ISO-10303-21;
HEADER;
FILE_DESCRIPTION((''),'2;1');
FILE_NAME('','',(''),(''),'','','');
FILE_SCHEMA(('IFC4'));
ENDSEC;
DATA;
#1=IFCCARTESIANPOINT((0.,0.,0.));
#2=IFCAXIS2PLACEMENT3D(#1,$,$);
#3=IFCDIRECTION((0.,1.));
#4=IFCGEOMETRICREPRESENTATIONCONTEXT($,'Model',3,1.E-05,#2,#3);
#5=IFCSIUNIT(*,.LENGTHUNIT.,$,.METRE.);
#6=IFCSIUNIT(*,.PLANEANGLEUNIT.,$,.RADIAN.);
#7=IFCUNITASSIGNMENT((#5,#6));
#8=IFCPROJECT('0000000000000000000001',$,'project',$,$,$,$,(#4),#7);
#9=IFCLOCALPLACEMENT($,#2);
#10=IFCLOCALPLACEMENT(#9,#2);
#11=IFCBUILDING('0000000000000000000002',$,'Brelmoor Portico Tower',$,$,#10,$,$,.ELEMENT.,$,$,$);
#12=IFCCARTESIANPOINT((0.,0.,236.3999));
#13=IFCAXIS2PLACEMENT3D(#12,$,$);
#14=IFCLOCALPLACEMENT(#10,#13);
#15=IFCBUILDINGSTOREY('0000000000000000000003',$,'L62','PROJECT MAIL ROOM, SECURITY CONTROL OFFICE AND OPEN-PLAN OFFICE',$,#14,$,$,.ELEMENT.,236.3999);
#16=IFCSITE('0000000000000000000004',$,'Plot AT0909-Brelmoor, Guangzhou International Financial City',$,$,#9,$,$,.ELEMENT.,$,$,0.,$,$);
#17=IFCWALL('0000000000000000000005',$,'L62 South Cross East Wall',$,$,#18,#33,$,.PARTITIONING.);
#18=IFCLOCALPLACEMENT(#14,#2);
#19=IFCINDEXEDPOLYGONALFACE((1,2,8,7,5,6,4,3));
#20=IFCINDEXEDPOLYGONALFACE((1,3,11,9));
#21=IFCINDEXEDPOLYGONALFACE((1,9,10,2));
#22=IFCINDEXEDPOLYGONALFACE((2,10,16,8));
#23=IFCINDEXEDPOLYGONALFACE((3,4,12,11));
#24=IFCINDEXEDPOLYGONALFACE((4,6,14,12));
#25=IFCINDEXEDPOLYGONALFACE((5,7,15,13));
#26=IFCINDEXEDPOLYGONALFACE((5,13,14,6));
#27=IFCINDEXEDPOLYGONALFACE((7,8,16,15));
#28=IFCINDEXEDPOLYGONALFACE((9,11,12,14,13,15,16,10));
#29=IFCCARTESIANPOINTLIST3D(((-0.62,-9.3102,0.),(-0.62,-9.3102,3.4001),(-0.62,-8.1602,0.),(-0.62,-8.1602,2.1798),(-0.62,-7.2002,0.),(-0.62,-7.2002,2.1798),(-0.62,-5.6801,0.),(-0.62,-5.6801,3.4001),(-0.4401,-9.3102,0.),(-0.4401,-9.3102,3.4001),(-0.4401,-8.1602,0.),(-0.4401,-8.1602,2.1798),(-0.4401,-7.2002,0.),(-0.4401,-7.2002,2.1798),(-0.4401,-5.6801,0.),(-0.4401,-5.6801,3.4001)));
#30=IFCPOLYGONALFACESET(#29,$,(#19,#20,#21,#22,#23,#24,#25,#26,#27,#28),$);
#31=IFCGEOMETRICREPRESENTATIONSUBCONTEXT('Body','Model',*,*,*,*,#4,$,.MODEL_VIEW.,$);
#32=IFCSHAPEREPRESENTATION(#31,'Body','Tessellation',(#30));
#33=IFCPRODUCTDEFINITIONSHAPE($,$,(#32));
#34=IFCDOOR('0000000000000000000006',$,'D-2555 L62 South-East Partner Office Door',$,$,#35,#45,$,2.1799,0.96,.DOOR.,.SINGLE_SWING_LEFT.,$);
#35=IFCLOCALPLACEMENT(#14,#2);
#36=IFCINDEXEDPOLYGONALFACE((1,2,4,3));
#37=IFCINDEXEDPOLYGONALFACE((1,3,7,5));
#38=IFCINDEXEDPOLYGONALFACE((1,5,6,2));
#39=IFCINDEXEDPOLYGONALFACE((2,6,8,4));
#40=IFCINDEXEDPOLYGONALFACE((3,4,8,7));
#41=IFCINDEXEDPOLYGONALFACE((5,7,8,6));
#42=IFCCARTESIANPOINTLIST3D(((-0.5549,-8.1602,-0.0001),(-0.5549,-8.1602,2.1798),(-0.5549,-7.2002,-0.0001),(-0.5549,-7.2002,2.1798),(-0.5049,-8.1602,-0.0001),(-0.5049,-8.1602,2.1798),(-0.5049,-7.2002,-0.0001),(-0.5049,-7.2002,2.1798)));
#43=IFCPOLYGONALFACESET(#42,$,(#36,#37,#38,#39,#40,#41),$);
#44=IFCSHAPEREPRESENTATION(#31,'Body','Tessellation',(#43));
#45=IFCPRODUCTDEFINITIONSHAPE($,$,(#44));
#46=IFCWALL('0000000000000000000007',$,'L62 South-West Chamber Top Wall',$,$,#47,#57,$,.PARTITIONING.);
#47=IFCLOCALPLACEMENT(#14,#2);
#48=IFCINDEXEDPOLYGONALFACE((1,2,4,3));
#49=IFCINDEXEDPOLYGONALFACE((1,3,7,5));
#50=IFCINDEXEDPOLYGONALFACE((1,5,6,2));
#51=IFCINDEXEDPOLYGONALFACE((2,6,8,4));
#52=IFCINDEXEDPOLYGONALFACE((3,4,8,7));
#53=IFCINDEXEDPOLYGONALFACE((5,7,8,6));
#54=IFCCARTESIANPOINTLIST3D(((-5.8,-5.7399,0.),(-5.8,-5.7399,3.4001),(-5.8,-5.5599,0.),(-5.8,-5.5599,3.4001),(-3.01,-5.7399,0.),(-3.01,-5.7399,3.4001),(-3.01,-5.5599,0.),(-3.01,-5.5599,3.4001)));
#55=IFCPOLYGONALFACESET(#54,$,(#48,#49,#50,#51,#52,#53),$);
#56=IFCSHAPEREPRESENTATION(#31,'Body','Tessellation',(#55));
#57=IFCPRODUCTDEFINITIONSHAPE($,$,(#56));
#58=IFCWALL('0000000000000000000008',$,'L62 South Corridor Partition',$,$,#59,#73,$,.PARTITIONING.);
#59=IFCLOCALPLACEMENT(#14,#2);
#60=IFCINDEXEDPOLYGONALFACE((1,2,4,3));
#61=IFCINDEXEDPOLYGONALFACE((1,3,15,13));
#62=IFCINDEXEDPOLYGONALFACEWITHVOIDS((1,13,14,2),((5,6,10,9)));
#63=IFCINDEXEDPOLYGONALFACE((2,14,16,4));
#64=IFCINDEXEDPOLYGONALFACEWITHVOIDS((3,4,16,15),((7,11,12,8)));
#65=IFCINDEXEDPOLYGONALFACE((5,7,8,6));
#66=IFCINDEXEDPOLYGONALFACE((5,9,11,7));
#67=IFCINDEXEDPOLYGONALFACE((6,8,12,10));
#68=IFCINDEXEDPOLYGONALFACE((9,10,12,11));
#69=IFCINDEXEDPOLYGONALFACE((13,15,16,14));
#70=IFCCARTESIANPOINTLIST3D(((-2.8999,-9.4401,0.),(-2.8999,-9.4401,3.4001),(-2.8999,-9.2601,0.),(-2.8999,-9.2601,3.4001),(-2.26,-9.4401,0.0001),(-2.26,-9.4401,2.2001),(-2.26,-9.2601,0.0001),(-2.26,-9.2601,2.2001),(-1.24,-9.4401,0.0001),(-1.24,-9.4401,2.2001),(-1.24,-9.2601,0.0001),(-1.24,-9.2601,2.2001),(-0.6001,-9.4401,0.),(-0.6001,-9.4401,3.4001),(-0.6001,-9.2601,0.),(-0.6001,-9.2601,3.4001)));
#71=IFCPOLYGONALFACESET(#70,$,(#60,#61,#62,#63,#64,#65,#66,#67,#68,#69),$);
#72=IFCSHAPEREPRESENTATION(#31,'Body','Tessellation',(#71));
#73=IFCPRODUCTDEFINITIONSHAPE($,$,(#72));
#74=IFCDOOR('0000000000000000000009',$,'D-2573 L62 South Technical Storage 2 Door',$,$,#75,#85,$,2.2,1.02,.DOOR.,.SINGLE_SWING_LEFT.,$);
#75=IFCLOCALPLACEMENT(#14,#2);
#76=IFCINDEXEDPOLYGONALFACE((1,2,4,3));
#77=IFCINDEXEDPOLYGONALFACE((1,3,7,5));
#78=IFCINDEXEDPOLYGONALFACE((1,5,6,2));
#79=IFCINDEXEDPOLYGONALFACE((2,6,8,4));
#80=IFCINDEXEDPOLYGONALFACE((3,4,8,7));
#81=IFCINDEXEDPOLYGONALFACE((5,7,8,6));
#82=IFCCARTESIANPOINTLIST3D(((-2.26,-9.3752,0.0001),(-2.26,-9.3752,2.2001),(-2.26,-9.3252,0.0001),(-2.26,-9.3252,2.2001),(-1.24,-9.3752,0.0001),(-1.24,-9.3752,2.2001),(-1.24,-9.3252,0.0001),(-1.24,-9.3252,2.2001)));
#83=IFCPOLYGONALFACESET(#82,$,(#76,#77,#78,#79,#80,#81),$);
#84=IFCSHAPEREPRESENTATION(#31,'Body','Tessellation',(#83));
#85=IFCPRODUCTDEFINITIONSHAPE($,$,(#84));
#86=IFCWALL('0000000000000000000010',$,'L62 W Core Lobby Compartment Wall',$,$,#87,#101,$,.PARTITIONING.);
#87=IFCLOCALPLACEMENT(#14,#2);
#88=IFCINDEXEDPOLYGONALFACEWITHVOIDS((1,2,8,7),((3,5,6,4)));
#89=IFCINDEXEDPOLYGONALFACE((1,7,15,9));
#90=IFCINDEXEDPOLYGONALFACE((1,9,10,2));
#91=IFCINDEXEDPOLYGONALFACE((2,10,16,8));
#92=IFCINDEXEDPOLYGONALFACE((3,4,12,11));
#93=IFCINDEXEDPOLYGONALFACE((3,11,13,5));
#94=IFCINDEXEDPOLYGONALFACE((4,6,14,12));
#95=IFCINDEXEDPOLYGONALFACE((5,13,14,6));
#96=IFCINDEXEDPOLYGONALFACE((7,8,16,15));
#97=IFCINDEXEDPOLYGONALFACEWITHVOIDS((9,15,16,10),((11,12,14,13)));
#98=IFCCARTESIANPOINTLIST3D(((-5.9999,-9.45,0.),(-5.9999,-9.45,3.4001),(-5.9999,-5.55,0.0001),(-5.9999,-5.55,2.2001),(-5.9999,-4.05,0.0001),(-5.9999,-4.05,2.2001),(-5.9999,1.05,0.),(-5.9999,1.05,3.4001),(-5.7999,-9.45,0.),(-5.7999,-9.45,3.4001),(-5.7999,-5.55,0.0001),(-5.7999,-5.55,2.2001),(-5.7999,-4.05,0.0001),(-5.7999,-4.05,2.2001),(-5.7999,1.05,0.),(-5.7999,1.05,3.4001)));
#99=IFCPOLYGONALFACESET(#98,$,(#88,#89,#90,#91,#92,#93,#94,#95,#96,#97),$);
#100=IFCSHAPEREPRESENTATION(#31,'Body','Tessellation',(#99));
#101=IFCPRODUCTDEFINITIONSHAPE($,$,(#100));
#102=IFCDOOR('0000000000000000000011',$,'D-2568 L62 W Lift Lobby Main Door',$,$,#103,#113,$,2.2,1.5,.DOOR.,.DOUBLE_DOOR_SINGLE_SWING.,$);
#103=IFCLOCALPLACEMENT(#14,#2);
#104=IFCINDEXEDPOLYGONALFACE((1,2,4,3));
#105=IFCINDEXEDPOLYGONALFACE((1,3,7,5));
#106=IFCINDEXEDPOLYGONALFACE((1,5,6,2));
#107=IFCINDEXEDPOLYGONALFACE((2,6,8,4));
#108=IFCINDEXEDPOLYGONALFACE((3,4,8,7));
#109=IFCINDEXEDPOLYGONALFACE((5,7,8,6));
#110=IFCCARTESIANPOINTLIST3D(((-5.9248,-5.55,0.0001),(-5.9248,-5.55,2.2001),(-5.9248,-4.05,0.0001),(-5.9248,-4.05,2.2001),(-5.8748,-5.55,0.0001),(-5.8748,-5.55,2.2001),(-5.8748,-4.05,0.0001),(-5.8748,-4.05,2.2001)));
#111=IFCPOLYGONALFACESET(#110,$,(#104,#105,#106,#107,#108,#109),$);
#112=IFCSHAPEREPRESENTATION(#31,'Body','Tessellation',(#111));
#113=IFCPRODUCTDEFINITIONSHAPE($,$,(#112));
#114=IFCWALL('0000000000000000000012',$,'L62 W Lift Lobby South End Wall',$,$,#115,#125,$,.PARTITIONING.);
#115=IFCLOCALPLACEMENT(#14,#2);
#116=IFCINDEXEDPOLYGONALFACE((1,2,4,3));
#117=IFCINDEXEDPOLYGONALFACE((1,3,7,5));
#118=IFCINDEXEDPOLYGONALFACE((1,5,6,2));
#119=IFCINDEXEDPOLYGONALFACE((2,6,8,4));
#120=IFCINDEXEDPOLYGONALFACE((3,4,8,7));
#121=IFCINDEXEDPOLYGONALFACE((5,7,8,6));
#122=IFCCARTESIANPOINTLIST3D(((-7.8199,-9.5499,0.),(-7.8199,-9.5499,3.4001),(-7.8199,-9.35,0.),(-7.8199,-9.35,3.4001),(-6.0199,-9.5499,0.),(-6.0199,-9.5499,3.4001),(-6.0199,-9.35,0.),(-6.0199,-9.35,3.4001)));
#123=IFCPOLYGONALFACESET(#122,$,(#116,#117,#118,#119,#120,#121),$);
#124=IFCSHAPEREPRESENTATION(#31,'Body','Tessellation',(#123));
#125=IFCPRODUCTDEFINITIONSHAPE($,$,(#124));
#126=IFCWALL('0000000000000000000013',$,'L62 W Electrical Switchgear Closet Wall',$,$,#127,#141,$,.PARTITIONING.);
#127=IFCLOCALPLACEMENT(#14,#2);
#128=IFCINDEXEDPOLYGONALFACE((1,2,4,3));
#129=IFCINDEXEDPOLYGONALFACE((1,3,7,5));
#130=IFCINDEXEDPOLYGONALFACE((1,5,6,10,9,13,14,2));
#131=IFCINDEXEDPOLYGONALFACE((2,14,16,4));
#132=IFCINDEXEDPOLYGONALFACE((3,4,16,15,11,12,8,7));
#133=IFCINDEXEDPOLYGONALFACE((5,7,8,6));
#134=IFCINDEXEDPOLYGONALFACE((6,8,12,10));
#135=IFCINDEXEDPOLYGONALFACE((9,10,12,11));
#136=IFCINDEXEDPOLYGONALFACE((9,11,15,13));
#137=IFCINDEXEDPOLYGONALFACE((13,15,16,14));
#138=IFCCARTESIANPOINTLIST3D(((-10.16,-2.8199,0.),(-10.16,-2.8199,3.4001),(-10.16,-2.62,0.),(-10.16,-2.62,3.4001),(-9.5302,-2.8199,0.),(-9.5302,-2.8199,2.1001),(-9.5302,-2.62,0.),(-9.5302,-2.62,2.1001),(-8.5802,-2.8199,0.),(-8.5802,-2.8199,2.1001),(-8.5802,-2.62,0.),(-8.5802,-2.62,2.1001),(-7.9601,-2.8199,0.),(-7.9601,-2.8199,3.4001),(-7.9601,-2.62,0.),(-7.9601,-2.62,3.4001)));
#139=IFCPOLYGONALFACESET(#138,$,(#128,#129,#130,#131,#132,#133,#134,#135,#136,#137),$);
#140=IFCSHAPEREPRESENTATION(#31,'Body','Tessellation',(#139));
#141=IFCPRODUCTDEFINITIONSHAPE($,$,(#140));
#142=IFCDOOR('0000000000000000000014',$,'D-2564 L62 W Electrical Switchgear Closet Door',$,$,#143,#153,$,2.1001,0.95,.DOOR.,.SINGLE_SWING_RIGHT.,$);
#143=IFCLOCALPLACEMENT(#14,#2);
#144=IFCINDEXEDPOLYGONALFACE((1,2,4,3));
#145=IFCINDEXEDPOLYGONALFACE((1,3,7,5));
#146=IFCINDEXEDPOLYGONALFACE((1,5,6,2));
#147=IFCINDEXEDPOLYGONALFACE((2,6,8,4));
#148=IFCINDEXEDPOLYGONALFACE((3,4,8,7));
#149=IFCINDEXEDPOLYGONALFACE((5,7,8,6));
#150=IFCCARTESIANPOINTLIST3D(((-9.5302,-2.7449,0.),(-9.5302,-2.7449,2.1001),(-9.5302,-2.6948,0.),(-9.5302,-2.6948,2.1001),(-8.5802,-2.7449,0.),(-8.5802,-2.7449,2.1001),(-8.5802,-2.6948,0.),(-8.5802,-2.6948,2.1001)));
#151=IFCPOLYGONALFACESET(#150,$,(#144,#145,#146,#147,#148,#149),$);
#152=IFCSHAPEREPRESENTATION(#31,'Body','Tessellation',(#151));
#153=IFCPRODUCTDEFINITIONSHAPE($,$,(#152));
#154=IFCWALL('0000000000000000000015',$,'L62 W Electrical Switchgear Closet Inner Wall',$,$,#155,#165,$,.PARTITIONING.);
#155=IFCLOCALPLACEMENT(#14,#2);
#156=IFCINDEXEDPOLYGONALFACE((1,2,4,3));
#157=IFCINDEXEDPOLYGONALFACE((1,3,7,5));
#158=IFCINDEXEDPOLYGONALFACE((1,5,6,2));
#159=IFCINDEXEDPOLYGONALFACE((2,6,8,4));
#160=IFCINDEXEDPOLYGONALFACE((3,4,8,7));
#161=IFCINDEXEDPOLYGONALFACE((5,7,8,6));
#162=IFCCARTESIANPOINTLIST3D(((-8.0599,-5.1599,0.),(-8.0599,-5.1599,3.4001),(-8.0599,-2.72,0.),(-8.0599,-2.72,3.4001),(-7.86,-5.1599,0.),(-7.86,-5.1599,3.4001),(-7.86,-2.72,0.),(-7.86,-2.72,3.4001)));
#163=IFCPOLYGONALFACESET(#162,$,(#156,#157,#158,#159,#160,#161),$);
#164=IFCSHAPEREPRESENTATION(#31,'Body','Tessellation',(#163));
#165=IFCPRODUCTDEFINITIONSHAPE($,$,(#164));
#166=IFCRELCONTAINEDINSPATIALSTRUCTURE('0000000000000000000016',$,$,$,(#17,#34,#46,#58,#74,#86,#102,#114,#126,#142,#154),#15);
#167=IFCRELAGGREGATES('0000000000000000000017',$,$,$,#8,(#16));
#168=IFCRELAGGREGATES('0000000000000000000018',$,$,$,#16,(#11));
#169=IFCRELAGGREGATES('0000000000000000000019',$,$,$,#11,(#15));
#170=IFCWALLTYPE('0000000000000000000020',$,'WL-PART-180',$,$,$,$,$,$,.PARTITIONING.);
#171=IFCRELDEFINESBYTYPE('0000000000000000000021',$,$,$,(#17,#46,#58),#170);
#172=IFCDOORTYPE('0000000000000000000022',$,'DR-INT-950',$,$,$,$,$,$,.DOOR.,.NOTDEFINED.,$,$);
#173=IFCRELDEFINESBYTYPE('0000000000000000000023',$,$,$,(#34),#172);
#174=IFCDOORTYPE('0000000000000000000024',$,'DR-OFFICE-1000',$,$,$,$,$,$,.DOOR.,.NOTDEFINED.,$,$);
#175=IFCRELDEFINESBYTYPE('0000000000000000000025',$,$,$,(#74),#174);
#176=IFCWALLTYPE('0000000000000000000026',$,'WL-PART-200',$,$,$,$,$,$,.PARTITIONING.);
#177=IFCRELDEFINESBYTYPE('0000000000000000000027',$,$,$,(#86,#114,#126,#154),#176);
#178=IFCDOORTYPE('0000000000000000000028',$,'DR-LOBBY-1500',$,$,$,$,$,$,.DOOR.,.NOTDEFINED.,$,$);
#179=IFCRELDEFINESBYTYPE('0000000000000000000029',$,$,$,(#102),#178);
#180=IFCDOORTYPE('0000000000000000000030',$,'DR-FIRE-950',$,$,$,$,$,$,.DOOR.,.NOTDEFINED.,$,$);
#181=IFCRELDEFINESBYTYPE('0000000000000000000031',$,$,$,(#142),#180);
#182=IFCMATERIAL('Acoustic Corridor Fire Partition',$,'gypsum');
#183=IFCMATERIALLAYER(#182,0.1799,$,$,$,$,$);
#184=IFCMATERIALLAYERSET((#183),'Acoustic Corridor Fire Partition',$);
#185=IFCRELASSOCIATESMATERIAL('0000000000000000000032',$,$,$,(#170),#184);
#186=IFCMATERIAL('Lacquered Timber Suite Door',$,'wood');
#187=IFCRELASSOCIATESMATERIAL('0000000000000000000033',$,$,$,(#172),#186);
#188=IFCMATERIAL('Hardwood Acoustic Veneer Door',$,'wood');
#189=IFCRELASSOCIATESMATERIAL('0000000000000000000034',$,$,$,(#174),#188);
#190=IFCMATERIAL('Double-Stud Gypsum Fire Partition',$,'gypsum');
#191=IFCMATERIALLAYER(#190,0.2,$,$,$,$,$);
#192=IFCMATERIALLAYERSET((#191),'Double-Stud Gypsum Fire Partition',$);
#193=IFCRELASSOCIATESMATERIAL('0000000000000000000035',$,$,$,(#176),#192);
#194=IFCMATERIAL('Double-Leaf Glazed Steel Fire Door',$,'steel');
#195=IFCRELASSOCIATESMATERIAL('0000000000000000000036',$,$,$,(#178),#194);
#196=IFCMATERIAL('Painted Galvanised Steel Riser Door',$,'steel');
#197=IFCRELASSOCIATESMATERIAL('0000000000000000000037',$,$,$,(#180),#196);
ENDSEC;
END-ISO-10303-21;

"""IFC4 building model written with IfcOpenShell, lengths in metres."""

from ifc_helpers import new_model, si_unit, direction, frame, frame_2d, origin, place, context, subcontext, project, spatial, rectangle, extrude, material, layer, layer_set, type_object, element, fill, save


model = new_model("IFC4")

# Units and contexts
model_context = context("Model", 3, precision=1e-05, world=origin(), true_north=direction((0.0, 1.0)))
body_context = subcontext(model_context, "Body", "Model", "MODEL_VIEW")
ifc_project = project(units=[si_unit("LENGTHUNIT", "METRE"), si_unit("PLANEANGLEUNIT", "RADIAN")], contexts=[model_context])

# Site, building, storey
site_placement = place(None, origin())
site = spatial("IfcSite", under=ifc_project, at=site_placement, Name="Plot AT0909-Brelmoor, Guangzhou International Financial City", CompositionType="ELEMENT", RefElevation=0.0)
building_placement = place(site_placement, origin())
building = spatial("IfcBuilding", under=site, at=building_placement, Name="Brelmoor Portico Tower", CompositionType="ELEMENT")
storey_placement = place(building_placement, frame((0.0, 0.0, 236.3999)))
storey = spatial("IfcBuildingStorey", under=building, at=storey_placement, Name="L62", Description="PROJECT MAIL ROOM, SECURITY CONTROL OFFICE AND OPEN-PLAN OFFICE", CompositionType="ELEMENT", Elevation=236.3999)

# Shared definitions
ifc_material_1 = material(Name="Acoustic Corridor Fire Partition", Category="gypsum")
ifc_layer_1 = layer(ifc_material_1, 0.1799)
ifc_layer_set_1 = layer_set([ifc_layer_1], Name="Acoustic Corridor Fire Partition")
wall_type_1 = type_object("IfcWallType", Name="WL-PART-180", PredefinedType="PARTITIONING", material=ifc_layer_set_1)
ifc_material_2 = material(Name="Lacquered Timber Suite Door", Category="wood")
door_type_1 = type_object("IfcDoorType", Name="DR-INT-950", OperationType="NOTDEFINED", PredefinedType="DOOR", material=ifc_material_2)

# Wall, opening, door
wall_1_placement = place(storey_placement, frame((-0.53, -9.3101, 0.0), z_axis=(0.0, 0.0, 1.0), x_axis=(0.0, 1.0, 0.0)))
wall_1 = element("IfcWall", 1, at=wall_1_placement, inside=storey, type_object=wall_type_1, Name="L62 South Cross East Wall", PredefinedType="PARTITIONING", context=body_context, shape_type="SweptSolid", body=[
    extrude(rectangle(XDim=3.6301, YDim=0.1799, at=frame_2d((1.8149, 0.0))), origin(), (0.0, 0.0, 1.0), 3.4001),
])
opening_1_placement = place(wall_1_placement, frame((1.1499, 0.0, 0.0)))
opening_1 = element("IfcOpeningElement", 2, at=opening_1_placement, cuts=wall_1, PredefinedType="OPENING", context=body_context, shape_type="SweptSolid", body=[
    extrude(rectangle(XDim=0.96, YDim=2.1799, at=frame_2d((0.48, 1.0898))), frame((0.0, 0.0999, 0.0), z_axis=(0.0, -1.0, 0.0), x_axis=(1.0, 0.0, 0.0)), (0.0, 0.0, 1.0), 0.2),
])
door_1_placement = place(opening_1_placement, origin())
door_1 = element("IfcDoor", 3, at=door_1_placement, inside=storey, type_object=door_type_1, Name="D-2555 L62 South-East Partner Office Door", OperationType="SINGLE_SWING_LEFT", OverallHeight=2.1799, OverallWidth=0.96, PredefinedType="DOOR", context=body_context, shape_type="SweptSolid", body=[
    extrude(rectangle(XDim=0.96, YDim=2.1799, at=frame_2d((0.48, 1.0898))), frame((0.0, 0.0249, 0.0), z_axis=(0.0, -1.0, 0.0), x_axis=(1.0, 0.0, 0.0)), (0.0, 0.0, 1.0), 0.05),
])
fill(opening_1, door_1)

# Wall
wall_2_placement = place(storey_placement, frame((-5.8, -5.6499, 0.0), z_axis=(0.0, 0.0, 1.0), x_axis=(1.0, 0.0, 0.0)))
element("IfcWall", 4, at=wall_2_placement, inside=storey, type_object=wall_type_1, Name="L62 South-West Chamber Top Wall", PredefinedType="PARTITIONING", context=body_context, shape_type="SweptSolid", body=[
    extrude(rectangle(XDim=2.79, YDim=0.1799, at=frame_2d((1.395, 0.0))), origin(), (0.0, 0.0, 1.0), 3.4001),
])

# Walls, openings, doors
wall_3_placement = place(storey_placement, frame((-2.8999, -9.3501, 0.0), z_axis=(0.0, 0.0, 1.0), x_axis=(1.0, 0.0, 0.0)))
wall_3 = element("IfcWall", 5, at=wall_3_placement, inside=storey, type_object=wall_type_1, Name="L62 South Corridor Partition", PredefinedType="PARTITIONING", context=body_context, shape_type="SweptSolid", body=[
    extrude(rectangle(XDim=2.2998, YDim=0.1799, at=frame_2d((1.1499, 0.0))), origin(), (0.0, 0.0, 1.0), 3.4001),
])
opening_2_placement = place(wall_3_placement, frame((0.6399, 0.0, 0.0)))
opening_2 = element("IfcOpeningElement", 6, at=opening_2_placement, cuts=wall_3, PredefinedType="OPENING", context=body_context, shape_type="SweptSolid", body=[
    extrude(rectangle(XDim=1.02, YDim=2.2, at=frame_2d((0.51, 1.1001))), frame((0.0, 0.0999, 0.0), z_axis=(0.0, -1.0, 0.0), x_axis=(1.0, 0.0, 0.0)), (0.0, 0.0, 1.0), 0.2),
])
ifc_material_3 = material(Name="Hardwood Acoustic Veneer Door", Category="wood")
door_type_2 = type_object("IfcDoorType", Name="DR-OFFICE-1000", OperationType="NOTDEFINED", PredefinedType="DOOR", material=ifc_material_3)
door_2_placement = place(opening_2_placement, origin())
door_2 = element("IfcDoor", 7, at=door_2_placement, inside=storey, type_object=door_type_2, Name="D-2573 L62 South Technical Storage 2 Door", OperationType="SINGLE_SWING_LEFT", OverallHeight=2.2, OverallWidth=1.02, PredefinedType="DOOR", context=body_context, shape_type="SweptSolid", body=[
    extrude(rectangle(XDim=1.02, YDim=2.2, at=frame_2d((0.51, 1.1001))), frame((0.0, 0.0249, 0.0), z_axis=(0.0, -1.0, 0.0), x_axis=(1.0, 0.0, 0.0)), (0.0, 0.0, 1.0), 0.05),
])
fill(opening_2, door_2)
ifc_material_4 = material(Name="Double-Stud Gypsum Fire Partition", Category="gypsum")
ifc_layer_2 = layer(ifc_material_4, 0.2)
ifc_layer_set_2 = layer_set([ifc_layer_2], Name="Double-Stud Gypsum Fire Partition")
wall_type_2 = type_object("IfcWallType", Name="WL-PART-200", PredefinedType="PARTITIONING", material=ifc_layer_set_2)
wall_4_placement = place(storey_placement, frame((-5.8999, -9.45, 0.0), z_axis=(0.0, 0.0, 1.0), x_axis=(0.0, 1.0, 0.0)))
wall_4 = element("IfcWall", 8, at=wall_4_placement, inside=storey, type_object=wall_type_2, Name="L62 W Core Lobby Compartment Wall", PredefinedType="PARTITIONING", context=body_context, shape_type="SweptSolid", body=[
    extrude(rectangle(XDim=10.5, YDim=0.2, at=frame_2d((5.25, 0.0))), origin(), (0.0, 0.0, 1.0), 3.4001),
])
opening_3_placement = place(wall_4_placement, frame((3.8999, 0.0, 0.0)))
opening_3 = element("IfcOpeningElement", 9, at=opening_3_placement, cuts=wall_4, PredefinedType="OPENING", context=body_context, shape_type="SweptSolid", body=[
    extrude(rectangle(XDim=1.5, YDim=2.2, at=frame_2d((0.75, 1.1001))), frame((0.0, 0.1099, 0.0), z_axis=(0.0, -1.0, 0.0), x_axis=(1.0, 0.0, 0.0)), (0.0, 0.0, 1.0), 0.22),
])
ifc_material_5 = material(Name="Double-Leaf Glazed Steel Fire Door", Category="steel")
door_type_3 = type_object("IfcDoorType", Name="DR-LOBBY-1500", OperationType="NOTDEFINED", PredefinedType="DOOR", material=ifc_material_5)
door_3_placement = place(opening_3_placement, origin())
door_3 = element("IfcDoor", 10, at=door_3_placement, inside=storey, type_object=door_type_3, Name="D-2568 L62 W Lift Lobby Main Door", OperationType="DOUBLE_DOOR_SINGLE_SWING", OverallHeight=2.2, OverallWidth=1.5, PredefinedType="DOOR", context=body_context, shape_type="SweptSolid", body=[
    extrude(rectangle(XDim=1.5, YDim=2.2, at=frame_2d((0.75, 1.1001))), frame((0.0, 0.0249, 0.0), z_axis=(0.0, -1.0, 0.0), x_axis=(1.0, 0.0, 0.0)), (0.0, 0.0, 1.0), 0.05),
])
fill(opening_3, door_3)

# Wall
wall_5_placement = place(storey_placement, frame((-6.02, -9.45, 0.0), z_axis=(0.0, 0.0, 1.0), x_axis=(-1.0, 0.0, 0.0)))
element("IfcWall", 11, at=wall_5_placement, inside=storey, type_object=wall_type_2, Name="L62 W Lift Lobby South End Wall", PredefinedType="PARTITIONING", context=body_context, shape_type="SweptSolid", body=[
    extrude(rectangle(XDim=1.8, YDim=0.2, at=frame_2d((0.8999, 0.0))), origin(), (0.0, 0.0, 1.0), 3.4001),
])

# Wall, opening, door
wall_6_placement = place(storey_placement, frame((-7.96, -2.72, 0.0), z_axis=(0.0, 0.0, 1.0), x_axis=(-1.0, 0.0, 0.0)))
wall_6 = element("IfcWall", 12, at=wall_6_placement, inside=storey, type_object=wall_type_2, Name="L62 W Electrical Switchgear Closet Wall", PredefinedType="PARTITIONING", context=body_context, shape_type="SweptSolid", body=[
    extrude(rectangle(XDim=2.2, YDim=0.2, at=frame_2d((1.1001, 0.0))), origin(), (0.0, 0.0, 1.0), 3.4001),
])
opening_4_placement = place(wall_6_placement, frame((0.6201, 0.0, 0.0)))
opening_4 = element("IfcOpeningElement", 13, at=opening_4_placement, cuts=wall_6, PredefinedType="OPENING", context=body_context, shape_type="SweptSolid", body=[
    extrude(rectangle(XDim=0.95, YDim=2.1001, at=frame_2d((0.4751, 1.05))), frame((0.0, 0.1099, 0.0), z_axis=(0.0, -1.0, 0.0), x_axis=(1.0, 0.0, 0.0)), (0.0, 0.0, 1.0), 0.22),
])
ifc_material_6 = material(Name="Painted Galvanised Steel Riser Door", Category="steel")
door_type_4 = type_object("IfcDoorType", Name="DR-FIRE-950", OperationType="NOTDEFINED", PredefinedType="DOOR", material=ifc_material_6)
door_4_placement = place(opening_4_placement, origin())
door_4 = element("IfcDoor", 14, at=door_4_placement, inside=storey, type_object=door_type_4, Name="D-2564 L62 W Electrical Switchgear Closet Door", OperationType="SINGLE_SWING_RIGHT", OverallHeight=2.1001, OverallWidth=0.95, PredefinedType="DOOR", context=body_context, shape_type="SweptSolid", body=[
    extrude(rectangle(XDim=0.95, YDim=2.1001, at=frame_2d((0.4751, 1.05))), frame((0.0, 0.0249, 0.0), z_axis=(0.0, -1.0, 0.0), x_axis=(1.0, 0.0, 0.0)), (0.0, 0.0, 1.0), 0.05),
])
fill(opening_4, door_4)

# Wall
wall_7_placement = place(storey_placement, frame((-7.96, -5.1599, 0.0), z_axis=(0.0, 0.0, 1.0), x_axis=(0.0, 1.0, 0.0)))
element("IfcWall", 15, at=wall_7_placement, inside=storey, type_object=wall_type_2, Name="L62 W Electrical Switchgear Closet Inner Wall", PredefinedType="PARTITIONING", context=body_context, shape_type="SweptSolid", body=[
    extrude(rectangle(XDim=2.4399, YDim=0.2, at=frame_2d((1.22, 0.0))), origin(), (0.0, 0.0, 1.0), 3.4001),
])

save(model, "model.ifc")
